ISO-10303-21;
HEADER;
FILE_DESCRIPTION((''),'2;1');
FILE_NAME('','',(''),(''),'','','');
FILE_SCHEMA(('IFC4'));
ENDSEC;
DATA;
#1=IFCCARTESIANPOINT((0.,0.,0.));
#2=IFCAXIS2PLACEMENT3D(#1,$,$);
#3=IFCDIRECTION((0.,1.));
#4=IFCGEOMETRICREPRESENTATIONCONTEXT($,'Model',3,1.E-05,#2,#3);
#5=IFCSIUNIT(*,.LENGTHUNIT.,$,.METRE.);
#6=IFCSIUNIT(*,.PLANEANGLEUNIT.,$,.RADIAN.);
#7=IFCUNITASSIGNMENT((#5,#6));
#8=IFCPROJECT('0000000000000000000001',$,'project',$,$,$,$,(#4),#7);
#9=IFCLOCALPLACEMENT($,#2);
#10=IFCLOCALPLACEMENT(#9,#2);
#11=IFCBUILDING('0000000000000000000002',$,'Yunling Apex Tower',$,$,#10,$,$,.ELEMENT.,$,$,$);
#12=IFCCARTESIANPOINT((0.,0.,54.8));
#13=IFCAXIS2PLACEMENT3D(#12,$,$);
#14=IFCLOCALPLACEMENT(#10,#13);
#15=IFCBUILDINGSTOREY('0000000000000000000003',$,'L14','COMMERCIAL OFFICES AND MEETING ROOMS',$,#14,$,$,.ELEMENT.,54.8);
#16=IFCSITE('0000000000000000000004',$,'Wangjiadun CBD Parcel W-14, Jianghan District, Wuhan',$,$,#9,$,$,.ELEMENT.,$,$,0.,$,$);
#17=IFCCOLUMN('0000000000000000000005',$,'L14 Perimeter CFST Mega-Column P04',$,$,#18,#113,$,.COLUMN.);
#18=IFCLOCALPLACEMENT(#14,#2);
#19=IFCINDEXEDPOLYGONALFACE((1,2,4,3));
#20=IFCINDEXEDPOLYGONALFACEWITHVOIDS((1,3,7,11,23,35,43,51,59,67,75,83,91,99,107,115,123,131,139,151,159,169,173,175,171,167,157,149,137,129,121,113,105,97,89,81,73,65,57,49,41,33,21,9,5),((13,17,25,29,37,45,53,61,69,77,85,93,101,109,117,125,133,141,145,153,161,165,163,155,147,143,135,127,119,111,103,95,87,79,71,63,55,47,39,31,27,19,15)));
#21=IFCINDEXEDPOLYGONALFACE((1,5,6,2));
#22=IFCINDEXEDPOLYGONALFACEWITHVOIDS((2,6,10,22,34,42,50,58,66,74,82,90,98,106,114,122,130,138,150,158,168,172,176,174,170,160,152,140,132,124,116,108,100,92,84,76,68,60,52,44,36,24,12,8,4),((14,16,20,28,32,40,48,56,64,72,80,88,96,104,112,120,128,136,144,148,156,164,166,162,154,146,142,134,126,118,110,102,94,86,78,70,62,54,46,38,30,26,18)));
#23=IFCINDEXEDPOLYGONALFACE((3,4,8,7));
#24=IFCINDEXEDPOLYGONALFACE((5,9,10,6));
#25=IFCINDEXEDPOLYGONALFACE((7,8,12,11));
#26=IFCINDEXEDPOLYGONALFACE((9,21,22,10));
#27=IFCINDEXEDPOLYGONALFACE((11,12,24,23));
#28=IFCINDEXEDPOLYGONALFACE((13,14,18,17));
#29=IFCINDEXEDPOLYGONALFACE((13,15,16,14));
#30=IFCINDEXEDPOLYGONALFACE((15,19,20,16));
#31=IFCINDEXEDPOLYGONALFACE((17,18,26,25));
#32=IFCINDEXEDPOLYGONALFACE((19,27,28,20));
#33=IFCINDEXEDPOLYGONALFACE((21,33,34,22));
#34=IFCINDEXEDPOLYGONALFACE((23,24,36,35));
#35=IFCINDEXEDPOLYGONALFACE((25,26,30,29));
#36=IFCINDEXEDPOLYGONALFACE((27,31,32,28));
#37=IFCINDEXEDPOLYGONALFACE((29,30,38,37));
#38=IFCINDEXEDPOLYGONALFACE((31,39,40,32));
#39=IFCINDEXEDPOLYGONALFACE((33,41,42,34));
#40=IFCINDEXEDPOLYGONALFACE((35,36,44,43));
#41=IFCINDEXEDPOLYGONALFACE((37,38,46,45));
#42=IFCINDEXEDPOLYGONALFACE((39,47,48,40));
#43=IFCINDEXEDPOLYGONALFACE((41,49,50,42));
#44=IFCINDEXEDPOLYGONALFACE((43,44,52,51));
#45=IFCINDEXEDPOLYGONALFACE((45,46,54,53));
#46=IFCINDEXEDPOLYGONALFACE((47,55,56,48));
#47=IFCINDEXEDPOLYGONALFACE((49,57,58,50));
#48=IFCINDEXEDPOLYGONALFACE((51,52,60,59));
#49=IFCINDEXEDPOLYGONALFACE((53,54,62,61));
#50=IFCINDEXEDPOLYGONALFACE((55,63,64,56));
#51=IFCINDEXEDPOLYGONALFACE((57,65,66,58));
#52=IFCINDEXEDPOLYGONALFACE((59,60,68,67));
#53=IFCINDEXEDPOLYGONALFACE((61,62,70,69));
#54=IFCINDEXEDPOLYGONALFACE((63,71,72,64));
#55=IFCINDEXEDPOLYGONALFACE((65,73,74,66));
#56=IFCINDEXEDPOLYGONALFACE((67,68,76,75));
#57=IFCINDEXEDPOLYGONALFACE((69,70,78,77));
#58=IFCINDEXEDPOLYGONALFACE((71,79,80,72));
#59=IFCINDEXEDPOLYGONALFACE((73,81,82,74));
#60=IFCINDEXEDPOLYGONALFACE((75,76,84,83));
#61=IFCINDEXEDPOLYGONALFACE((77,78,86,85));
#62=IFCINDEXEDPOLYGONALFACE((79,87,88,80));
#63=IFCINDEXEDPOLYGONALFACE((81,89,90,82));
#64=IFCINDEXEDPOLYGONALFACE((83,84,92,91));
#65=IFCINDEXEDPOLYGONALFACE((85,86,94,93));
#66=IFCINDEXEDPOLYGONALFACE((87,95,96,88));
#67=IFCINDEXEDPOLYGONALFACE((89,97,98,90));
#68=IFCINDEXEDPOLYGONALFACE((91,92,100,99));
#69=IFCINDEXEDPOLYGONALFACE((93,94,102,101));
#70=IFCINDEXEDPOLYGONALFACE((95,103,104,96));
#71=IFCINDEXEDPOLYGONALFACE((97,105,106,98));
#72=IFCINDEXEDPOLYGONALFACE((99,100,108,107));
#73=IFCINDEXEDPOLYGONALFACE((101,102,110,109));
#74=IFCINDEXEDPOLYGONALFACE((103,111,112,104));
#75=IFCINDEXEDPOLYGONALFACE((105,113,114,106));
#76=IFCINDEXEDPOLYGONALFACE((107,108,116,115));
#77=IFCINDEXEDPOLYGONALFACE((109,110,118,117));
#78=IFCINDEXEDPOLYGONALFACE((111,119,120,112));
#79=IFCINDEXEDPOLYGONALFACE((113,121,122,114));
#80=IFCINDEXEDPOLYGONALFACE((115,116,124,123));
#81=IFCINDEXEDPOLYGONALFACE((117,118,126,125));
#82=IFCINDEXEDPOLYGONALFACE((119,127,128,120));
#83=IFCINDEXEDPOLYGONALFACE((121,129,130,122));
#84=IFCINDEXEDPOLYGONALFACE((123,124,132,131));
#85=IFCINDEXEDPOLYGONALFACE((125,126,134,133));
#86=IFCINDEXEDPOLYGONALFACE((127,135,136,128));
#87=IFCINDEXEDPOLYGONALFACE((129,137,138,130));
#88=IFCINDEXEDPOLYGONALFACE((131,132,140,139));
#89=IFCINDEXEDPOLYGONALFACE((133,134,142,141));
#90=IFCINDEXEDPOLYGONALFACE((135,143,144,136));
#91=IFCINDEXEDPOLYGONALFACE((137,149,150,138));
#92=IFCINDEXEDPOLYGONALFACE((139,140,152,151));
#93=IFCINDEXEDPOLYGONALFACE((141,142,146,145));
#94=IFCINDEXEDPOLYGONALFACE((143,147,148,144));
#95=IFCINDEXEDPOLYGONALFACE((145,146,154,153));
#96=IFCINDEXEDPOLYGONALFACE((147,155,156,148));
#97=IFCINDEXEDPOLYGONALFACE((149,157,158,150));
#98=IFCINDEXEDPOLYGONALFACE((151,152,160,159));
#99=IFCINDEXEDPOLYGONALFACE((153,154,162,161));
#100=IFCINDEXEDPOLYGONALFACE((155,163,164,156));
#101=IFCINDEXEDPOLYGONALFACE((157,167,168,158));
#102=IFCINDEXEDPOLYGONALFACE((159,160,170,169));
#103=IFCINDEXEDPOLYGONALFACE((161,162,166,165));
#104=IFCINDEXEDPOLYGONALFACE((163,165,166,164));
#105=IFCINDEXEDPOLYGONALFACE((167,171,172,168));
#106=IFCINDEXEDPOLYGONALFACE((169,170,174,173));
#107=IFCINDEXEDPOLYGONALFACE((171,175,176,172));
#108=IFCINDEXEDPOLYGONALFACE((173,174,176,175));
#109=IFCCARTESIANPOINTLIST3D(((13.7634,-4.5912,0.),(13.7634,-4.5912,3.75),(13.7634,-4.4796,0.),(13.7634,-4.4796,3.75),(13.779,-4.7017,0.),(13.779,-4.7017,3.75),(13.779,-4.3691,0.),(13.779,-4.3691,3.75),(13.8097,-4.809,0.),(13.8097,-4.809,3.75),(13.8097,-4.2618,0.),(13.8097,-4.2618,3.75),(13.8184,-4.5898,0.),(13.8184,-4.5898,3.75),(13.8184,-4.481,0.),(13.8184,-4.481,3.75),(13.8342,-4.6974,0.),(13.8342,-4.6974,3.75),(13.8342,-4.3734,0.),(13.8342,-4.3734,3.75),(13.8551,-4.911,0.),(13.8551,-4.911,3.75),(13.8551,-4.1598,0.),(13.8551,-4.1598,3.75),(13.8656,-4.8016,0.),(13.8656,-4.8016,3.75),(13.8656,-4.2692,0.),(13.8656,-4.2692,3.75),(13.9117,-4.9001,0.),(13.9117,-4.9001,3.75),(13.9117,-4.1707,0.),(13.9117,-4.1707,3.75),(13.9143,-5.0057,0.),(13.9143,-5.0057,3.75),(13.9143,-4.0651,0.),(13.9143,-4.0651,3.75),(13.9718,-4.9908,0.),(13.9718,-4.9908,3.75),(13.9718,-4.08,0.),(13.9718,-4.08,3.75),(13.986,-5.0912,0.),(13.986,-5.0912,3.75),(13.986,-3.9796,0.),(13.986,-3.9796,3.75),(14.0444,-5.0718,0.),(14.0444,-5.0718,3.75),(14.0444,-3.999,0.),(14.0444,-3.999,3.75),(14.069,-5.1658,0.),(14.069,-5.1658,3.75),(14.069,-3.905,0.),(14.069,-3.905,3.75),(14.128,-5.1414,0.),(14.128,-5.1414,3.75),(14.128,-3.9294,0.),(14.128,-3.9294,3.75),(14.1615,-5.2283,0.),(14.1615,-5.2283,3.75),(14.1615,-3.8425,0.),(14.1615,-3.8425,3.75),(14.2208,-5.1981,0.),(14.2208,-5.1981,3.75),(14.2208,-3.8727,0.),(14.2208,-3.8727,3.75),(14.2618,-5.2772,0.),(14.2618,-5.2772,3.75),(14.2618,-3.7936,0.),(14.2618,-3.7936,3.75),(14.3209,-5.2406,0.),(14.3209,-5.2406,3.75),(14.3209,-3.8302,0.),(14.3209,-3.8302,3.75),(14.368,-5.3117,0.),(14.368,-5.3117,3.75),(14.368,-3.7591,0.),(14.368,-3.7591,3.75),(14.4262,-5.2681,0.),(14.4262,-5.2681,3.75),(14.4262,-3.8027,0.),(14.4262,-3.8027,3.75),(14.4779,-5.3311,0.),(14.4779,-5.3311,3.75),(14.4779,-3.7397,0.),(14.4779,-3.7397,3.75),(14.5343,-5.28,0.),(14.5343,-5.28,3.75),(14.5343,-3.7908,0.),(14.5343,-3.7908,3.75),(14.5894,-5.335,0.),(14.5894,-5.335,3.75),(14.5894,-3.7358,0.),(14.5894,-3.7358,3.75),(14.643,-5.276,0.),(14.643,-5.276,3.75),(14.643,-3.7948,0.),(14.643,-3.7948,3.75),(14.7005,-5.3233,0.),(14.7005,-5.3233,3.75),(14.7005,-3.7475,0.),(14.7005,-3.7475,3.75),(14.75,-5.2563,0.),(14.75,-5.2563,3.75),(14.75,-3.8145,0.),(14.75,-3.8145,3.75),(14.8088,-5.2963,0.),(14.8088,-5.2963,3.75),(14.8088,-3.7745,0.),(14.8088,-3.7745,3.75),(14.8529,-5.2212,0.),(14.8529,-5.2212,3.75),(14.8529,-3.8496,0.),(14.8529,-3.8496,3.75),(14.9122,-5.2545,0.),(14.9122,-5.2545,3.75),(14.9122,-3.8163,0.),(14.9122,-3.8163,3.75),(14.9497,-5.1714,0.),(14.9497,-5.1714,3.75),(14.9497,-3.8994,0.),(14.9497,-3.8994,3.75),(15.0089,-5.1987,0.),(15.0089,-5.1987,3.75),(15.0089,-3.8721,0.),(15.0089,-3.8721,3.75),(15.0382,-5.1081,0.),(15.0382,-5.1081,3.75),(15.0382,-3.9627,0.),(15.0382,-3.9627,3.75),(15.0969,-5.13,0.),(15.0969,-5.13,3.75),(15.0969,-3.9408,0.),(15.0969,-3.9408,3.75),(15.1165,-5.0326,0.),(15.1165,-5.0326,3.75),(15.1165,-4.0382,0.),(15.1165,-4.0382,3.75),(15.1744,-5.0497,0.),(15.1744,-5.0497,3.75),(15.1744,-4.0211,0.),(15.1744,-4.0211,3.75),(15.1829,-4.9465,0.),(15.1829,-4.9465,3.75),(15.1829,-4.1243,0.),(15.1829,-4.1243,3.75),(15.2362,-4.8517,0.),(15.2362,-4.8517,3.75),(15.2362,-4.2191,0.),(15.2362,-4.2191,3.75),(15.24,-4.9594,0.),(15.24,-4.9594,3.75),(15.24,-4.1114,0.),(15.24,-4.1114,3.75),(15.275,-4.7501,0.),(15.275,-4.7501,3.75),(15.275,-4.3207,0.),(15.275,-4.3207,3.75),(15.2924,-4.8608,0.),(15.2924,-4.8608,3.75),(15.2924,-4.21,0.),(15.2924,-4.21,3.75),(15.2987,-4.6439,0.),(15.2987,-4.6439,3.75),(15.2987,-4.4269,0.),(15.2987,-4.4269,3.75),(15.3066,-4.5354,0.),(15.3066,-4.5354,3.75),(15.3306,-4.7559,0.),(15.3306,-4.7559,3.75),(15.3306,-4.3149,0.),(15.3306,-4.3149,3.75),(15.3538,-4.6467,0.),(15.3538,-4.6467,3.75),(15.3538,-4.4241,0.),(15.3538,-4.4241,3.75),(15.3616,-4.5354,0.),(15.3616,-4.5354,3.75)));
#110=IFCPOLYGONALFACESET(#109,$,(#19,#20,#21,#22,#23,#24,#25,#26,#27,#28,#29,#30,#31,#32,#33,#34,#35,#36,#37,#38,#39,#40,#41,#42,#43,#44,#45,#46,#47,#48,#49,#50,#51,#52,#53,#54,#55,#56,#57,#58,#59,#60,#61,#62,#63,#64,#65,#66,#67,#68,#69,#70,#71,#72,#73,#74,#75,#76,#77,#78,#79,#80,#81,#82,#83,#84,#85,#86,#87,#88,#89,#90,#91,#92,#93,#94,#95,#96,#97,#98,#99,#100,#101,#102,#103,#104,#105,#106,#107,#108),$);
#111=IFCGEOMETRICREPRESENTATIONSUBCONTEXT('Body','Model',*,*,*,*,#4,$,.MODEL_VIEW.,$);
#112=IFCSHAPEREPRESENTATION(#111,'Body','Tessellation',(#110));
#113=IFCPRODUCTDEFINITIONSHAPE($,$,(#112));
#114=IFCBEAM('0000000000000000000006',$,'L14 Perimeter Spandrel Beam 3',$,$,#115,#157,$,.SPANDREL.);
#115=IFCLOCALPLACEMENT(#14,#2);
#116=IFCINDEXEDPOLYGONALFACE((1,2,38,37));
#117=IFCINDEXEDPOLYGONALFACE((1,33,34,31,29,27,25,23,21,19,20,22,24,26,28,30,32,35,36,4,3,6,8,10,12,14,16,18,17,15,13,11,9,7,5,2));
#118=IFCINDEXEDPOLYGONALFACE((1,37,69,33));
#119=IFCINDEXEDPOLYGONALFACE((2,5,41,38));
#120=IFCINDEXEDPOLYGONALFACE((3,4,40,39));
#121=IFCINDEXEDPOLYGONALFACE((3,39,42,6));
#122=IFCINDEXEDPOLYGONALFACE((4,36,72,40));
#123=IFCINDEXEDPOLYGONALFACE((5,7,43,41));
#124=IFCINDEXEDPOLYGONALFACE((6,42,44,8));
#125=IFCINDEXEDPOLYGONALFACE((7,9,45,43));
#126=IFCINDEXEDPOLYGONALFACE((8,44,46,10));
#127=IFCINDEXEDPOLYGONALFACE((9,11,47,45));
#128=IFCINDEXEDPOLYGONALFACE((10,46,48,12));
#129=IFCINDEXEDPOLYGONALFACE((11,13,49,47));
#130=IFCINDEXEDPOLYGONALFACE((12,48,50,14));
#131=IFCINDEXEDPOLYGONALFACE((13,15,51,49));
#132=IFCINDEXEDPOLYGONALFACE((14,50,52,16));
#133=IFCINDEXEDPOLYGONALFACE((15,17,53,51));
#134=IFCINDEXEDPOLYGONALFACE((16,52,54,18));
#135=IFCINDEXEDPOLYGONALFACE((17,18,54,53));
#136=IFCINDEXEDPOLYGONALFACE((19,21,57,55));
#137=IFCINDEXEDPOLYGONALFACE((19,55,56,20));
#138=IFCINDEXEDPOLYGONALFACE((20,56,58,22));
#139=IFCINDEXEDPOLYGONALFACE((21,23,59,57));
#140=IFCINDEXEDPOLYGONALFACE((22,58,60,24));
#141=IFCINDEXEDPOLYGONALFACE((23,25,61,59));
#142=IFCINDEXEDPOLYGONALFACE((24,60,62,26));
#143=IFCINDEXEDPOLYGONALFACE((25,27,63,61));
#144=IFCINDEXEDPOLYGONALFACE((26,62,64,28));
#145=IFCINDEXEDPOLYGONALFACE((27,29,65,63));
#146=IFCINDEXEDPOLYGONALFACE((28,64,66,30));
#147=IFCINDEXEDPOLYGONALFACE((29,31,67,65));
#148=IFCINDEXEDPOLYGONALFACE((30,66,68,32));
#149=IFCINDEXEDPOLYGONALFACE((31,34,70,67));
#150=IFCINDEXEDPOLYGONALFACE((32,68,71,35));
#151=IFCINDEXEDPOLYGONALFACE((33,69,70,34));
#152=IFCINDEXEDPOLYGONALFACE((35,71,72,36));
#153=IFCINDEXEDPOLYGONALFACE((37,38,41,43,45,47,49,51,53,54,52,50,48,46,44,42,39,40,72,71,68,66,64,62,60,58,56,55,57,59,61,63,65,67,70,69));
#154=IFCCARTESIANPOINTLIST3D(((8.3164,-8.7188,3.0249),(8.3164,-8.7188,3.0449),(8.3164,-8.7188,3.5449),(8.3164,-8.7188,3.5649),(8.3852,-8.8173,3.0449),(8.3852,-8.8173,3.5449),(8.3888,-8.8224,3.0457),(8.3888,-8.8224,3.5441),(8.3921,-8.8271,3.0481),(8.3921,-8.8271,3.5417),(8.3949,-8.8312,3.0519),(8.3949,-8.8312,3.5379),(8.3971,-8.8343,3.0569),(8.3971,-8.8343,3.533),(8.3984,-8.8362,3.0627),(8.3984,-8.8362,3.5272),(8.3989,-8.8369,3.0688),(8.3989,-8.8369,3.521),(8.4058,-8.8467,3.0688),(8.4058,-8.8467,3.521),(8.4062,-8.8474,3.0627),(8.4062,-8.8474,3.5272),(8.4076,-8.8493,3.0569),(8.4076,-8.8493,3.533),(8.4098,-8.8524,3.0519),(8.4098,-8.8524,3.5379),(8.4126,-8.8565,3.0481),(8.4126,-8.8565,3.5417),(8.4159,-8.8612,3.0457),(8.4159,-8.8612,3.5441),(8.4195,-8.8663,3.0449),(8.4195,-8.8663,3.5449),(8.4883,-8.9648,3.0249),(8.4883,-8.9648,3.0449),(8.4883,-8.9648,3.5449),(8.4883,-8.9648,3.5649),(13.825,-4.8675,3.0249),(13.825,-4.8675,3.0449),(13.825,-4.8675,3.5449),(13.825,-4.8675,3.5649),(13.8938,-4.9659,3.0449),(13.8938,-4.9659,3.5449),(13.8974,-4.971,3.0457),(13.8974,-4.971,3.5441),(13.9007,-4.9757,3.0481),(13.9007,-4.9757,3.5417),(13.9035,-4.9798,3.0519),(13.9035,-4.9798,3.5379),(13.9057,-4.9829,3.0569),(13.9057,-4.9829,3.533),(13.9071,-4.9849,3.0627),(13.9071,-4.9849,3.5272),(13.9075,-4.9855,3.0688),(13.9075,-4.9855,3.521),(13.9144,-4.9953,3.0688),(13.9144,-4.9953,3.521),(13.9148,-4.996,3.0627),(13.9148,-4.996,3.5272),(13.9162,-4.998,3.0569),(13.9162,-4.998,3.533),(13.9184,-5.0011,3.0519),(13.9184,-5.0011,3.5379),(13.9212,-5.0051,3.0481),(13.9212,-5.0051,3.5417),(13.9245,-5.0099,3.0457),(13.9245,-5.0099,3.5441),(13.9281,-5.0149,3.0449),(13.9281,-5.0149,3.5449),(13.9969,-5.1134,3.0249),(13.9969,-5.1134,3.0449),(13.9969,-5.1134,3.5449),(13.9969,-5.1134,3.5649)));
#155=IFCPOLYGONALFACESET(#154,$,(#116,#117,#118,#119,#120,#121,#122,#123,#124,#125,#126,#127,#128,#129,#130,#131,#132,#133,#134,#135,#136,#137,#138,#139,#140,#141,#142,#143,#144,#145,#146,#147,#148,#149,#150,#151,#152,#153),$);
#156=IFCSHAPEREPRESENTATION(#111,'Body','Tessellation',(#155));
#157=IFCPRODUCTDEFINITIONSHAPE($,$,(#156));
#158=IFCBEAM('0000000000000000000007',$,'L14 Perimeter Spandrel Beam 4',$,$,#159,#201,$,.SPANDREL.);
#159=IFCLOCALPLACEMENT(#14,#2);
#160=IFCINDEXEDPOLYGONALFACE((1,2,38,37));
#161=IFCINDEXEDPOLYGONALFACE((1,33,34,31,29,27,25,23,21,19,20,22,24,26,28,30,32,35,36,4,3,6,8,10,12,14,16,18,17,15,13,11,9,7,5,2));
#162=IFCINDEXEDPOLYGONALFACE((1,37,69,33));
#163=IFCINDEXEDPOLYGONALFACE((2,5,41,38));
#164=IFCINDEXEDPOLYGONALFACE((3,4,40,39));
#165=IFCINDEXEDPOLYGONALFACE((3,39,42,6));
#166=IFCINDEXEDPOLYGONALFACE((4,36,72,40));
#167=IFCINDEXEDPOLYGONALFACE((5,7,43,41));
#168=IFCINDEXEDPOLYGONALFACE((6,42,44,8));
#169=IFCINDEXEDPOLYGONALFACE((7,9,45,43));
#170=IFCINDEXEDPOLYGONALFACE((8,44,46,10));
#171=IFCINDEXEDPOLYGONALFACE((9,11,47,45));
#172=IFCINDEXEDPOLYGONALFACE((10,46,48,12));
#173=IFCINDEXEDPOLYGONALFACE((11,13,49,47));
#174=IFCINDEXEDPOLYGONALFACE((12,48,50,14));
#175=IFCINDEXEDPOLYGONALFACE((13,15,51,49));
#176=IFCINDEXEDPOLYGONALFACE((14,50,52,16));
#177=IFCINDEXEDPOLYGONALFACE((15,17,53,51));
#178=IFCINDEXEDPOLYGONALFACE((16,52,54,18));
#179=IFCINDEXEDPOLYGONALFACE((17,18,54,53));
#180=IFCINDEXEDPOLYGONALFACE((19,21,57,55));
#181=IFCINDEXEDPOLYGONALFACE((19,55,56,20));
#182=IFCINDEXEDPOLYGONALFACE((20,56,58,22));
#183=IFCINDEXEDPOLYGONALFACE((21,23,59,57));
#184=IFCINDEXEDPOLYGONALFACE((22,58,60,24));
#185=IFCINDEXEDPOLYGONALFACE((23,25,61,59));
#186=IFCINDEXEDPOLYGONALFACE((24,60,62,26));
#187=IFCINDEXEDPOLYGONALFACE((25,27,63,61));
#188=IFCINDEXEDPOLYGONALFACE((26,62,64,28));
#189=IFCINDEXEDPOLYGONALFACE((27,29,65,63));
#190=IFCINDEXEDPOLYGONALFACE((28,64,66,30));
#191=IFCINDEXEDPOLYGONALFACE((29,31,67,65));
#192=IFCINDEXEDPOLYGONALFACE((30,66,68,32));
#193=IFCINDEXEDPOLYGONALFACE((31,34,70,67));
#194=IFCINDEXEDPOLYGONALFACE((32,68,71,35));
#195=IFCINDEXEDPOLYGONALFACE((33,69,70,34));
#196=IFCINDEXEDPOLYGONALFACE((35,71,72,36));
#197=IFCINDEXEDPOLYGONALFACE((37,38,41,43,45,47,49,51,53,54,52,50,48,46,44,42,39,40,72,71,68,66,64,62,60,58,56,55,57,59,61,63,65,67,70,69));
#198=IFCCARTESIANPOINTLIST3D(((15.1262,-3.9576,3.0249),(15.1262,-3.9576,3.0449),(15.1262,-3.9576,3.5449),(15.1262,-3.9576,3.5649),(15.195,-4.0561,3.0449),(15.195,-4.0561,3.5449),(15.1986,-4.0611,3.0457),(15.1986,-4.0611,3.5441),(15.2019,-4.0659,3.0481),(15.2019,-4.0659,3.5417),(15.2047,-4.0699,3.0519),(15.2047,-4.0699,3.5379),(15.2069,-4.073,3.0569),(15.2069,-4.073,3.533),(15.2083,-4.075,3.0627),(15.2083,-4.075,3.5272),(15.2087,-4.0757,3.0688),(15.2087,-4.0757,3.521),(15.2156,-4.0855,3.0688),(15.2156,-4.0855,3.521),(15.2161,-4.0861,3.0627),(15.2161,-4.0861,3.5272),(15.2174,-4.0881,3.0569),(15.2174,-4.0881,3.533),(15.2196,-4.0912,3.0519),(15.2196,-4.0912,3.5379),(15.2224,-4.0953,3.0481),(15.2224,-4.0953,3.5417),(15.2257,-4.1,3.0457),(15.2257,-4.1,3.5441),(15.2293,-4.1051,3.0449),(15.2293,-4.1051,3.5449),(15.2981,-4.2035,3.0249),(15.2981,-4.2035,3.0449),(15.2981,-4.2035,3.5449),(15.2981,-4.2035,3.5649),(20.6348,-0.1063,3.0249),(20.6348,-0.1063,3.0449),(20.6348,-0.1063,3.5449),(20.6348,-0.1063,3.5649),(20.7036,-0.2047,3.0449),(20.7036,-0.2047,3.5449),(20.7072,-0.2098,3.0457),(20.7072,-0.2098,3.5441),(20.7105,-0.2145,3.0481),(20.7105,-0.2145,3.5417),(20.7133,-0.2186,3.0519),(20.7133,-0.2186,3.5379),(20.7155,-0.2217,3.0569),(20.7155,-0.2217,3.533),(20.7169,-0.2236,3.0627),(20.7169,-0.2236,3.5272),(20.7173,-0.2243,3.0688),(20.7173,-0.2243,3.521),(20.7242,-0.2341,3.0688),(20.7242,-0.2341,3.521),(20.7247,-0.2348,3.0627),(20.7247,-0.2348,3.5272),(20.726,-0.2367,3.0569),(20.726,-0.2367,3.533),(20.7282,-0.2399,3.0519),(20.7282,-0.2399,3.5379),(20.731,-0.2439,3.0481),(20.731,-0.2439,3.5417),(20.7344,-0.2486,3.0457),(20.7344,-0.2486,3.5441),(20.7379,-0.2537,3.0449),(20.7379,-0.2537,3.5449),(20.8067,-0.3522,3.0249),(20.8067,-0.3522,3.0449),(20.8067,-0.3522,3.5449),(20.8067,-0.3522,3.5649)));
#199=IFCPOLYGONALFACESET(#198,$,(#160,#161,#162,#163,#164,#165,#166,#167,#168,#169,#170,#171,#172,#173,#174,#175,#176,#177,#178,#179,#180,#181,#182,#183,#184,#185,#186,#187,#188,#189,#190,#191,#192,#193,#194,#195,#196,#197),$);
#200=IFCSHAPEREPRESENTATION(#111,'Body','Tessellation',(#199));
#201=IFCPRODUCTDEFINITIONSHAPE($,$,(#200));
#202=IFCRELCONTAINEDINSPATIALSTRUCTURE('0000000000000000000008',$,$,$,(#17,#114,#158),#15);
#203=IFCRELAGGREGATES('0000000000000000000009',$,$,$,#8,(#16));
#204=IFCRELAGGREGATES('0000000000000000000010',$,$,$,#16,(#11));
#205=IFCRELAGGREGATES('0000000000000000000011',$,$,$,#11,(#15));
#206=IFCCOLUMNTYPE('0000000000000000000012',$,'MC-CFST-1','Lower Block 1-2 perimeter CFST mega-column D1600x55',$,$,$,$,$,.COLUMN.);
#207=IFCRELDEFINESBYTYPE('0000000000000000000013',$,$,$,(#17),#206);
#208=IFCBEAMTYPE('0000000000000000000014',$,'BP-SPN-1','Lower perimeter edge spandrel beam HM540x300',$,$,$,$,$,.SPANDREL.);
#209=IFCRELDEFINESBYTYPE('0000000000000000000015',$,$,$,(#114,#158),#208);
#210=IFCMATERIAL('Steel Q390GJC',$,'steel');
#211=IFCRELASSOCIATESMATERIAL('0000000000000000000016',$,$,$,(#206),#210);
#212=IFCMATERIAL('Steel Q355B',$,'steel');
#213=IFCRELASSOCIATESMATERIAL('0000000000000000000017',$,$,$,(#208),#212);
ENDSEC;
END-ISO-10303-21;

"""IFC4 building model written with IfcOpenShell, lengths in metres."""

from ifc_helpers import new_model, si_unit, direction, frame, origin, origin_2d, place, context, subcontext, project, spatial, hollow_circle, i_section, extrude, source, transform, mapped, material, material_profile, profile_set, type_object, element, save


model = new_model("IFC4")

# Units and contexts
model_context = context("Model", 3, precision=1e-05, world=origin(), true_north=direction((0.0, 1.0)))
body_context = subcontext(model_context, "Body", "Model", "MODEL_VIEW")
ifc_project = project(units=[si_unit("LENGTHUNIT", "METRE"), si_unit("PLANEANGLEUNIT", "RADIAN")], contexts=[model_context])

# Site, building, storey
site_placement = place(None, origin())
site = spatial("IfcSite", under=ifc_project, at=site_placement, Name="Wangjiadun CBD Parcel W-14, Jianghan District, Wuhan", CompositionType="ELEMENT", RefElevation=0.0)
building_placement = place(site_placement, origin())
building = spatial("IfcBuilding", under=site, at=building_placement, Name="Yunling Apex Tower", CompositionType="ELEMENT")
storey_placement = place(building_placement, frame((0.0, 0.0, 54.8)))
storey = spatial("IfcBuildingStorey", under=building, at=storey_placement, Name="L14", Description="COMMERCIAL OFFICES AND MEETING ROOMS", CompositionType="ELEMENT", Elevation=54.8)

# Column
ifc_material_1 = material(Name="Steel Q390GJC", Category="steel")
ifc_material_profile_1 = material_profile(ifc_material_1, hollow_circle(Radius=0.8, WallThickness=0.0549, at=origin_2d()))
ifc_profile_set_1 = profile_set([ifc_material_profile_1], Name="Steel Q390GJC")
column_type = type_object("IfcColumnType", Name="MC-CFST-1", Description="Lower Block 1-2 perimeter CFST mega-column D1600x55", PredefinedType="COLUMN", material=ifc_profile_set_1)
shared_shape_1 = source(origin(), body_context, "Body", "SweptSolid", [
    extrude(hollow_circle(Radius=0.8, WallThickness=0.0549, at=origin_2d()), origin(), (0.0, 0.0, 1.0), 3.75),
])
column_placement = place(storey_placement, frame((14.5615, -4.5354, 0.0), z_axis=(0.0, 0.0, 1.0), x_axis=(1.0, 0.0, 0.0)))
element("IfcColumn", 1, at=column_placement, inside=storey, type_object=column_type, Name="L14 Perimeter CFST Mega-Column P04", PredefinedType="COLUMN", context=body_context, shape_type="MappedRepresentation", body=[
    mapped(shared_shape_1, transform((0.0, 0.0, 0.0), scale=1.0)),
])

# Beams
ifc_material_2 = material(Name="Steel Q355B", Category="steel")
ifc_material_profile_2 = material_profile(ifc_material_2, i_section(OverallWidth=0.3, OverallDepth=0.54, WebThickness=0.012, FlangeThickness=0.02, FilletRadius=0.0239, at=origin_2d()))
ifc_profile_set_2 = profile_set([ifc_material_profile_2], Name="Steel Q355B")
beam_type_1 = type_object("IfcBeamType", Name="BP-SPN-1", Description="Lower perimeter edge spandrel beam HM540x300", PredefinedType="SPANDREL", material=ifc_profile_set_2)
shared_shape_2 = source(origin(), body_context, "Body", "SweptSolid", [
    extrude(i_section(OverallWidth=0.3, OverallDepth=0.54, WebThickness=0.012, FlangeThickness=0.02, FilletRadius=0.0239, at=origin_2d()), origin(), (0.0, 0.0, 1.0), 6.7214),
])
for number, where, z_axis, x_axis, name in (
    (2, (8.4023, -8.8418, 3.2949), (0.819558, 0.572997, 0.0), (-0.572997, 0.819558, 0.0), "L14 Perimeter Spandrel Beam 3"),
    (3, (15.2122, -4.0806, 3.2949), (0.819558, 0.572997, 0.0), (-0.572997, 0.819558, 0.0), "L14 Perimeter Spandrel Beam 4"),
):
    element("IfcBeam", number, at=place(storey_placement, frame(where, z_axis=z_axis, x_axis=x_axis)), inside=storey, type_object=beam_type_1, Name=name, PredefinedType="SPANDREL", context=body_context, shape_type="MappedRepresentation", body=[
        mapped(shared_shape_2, transform((0.0, 0.0, 0.0), scale=1.0)),
    ])

save(model, "model.ifc")
